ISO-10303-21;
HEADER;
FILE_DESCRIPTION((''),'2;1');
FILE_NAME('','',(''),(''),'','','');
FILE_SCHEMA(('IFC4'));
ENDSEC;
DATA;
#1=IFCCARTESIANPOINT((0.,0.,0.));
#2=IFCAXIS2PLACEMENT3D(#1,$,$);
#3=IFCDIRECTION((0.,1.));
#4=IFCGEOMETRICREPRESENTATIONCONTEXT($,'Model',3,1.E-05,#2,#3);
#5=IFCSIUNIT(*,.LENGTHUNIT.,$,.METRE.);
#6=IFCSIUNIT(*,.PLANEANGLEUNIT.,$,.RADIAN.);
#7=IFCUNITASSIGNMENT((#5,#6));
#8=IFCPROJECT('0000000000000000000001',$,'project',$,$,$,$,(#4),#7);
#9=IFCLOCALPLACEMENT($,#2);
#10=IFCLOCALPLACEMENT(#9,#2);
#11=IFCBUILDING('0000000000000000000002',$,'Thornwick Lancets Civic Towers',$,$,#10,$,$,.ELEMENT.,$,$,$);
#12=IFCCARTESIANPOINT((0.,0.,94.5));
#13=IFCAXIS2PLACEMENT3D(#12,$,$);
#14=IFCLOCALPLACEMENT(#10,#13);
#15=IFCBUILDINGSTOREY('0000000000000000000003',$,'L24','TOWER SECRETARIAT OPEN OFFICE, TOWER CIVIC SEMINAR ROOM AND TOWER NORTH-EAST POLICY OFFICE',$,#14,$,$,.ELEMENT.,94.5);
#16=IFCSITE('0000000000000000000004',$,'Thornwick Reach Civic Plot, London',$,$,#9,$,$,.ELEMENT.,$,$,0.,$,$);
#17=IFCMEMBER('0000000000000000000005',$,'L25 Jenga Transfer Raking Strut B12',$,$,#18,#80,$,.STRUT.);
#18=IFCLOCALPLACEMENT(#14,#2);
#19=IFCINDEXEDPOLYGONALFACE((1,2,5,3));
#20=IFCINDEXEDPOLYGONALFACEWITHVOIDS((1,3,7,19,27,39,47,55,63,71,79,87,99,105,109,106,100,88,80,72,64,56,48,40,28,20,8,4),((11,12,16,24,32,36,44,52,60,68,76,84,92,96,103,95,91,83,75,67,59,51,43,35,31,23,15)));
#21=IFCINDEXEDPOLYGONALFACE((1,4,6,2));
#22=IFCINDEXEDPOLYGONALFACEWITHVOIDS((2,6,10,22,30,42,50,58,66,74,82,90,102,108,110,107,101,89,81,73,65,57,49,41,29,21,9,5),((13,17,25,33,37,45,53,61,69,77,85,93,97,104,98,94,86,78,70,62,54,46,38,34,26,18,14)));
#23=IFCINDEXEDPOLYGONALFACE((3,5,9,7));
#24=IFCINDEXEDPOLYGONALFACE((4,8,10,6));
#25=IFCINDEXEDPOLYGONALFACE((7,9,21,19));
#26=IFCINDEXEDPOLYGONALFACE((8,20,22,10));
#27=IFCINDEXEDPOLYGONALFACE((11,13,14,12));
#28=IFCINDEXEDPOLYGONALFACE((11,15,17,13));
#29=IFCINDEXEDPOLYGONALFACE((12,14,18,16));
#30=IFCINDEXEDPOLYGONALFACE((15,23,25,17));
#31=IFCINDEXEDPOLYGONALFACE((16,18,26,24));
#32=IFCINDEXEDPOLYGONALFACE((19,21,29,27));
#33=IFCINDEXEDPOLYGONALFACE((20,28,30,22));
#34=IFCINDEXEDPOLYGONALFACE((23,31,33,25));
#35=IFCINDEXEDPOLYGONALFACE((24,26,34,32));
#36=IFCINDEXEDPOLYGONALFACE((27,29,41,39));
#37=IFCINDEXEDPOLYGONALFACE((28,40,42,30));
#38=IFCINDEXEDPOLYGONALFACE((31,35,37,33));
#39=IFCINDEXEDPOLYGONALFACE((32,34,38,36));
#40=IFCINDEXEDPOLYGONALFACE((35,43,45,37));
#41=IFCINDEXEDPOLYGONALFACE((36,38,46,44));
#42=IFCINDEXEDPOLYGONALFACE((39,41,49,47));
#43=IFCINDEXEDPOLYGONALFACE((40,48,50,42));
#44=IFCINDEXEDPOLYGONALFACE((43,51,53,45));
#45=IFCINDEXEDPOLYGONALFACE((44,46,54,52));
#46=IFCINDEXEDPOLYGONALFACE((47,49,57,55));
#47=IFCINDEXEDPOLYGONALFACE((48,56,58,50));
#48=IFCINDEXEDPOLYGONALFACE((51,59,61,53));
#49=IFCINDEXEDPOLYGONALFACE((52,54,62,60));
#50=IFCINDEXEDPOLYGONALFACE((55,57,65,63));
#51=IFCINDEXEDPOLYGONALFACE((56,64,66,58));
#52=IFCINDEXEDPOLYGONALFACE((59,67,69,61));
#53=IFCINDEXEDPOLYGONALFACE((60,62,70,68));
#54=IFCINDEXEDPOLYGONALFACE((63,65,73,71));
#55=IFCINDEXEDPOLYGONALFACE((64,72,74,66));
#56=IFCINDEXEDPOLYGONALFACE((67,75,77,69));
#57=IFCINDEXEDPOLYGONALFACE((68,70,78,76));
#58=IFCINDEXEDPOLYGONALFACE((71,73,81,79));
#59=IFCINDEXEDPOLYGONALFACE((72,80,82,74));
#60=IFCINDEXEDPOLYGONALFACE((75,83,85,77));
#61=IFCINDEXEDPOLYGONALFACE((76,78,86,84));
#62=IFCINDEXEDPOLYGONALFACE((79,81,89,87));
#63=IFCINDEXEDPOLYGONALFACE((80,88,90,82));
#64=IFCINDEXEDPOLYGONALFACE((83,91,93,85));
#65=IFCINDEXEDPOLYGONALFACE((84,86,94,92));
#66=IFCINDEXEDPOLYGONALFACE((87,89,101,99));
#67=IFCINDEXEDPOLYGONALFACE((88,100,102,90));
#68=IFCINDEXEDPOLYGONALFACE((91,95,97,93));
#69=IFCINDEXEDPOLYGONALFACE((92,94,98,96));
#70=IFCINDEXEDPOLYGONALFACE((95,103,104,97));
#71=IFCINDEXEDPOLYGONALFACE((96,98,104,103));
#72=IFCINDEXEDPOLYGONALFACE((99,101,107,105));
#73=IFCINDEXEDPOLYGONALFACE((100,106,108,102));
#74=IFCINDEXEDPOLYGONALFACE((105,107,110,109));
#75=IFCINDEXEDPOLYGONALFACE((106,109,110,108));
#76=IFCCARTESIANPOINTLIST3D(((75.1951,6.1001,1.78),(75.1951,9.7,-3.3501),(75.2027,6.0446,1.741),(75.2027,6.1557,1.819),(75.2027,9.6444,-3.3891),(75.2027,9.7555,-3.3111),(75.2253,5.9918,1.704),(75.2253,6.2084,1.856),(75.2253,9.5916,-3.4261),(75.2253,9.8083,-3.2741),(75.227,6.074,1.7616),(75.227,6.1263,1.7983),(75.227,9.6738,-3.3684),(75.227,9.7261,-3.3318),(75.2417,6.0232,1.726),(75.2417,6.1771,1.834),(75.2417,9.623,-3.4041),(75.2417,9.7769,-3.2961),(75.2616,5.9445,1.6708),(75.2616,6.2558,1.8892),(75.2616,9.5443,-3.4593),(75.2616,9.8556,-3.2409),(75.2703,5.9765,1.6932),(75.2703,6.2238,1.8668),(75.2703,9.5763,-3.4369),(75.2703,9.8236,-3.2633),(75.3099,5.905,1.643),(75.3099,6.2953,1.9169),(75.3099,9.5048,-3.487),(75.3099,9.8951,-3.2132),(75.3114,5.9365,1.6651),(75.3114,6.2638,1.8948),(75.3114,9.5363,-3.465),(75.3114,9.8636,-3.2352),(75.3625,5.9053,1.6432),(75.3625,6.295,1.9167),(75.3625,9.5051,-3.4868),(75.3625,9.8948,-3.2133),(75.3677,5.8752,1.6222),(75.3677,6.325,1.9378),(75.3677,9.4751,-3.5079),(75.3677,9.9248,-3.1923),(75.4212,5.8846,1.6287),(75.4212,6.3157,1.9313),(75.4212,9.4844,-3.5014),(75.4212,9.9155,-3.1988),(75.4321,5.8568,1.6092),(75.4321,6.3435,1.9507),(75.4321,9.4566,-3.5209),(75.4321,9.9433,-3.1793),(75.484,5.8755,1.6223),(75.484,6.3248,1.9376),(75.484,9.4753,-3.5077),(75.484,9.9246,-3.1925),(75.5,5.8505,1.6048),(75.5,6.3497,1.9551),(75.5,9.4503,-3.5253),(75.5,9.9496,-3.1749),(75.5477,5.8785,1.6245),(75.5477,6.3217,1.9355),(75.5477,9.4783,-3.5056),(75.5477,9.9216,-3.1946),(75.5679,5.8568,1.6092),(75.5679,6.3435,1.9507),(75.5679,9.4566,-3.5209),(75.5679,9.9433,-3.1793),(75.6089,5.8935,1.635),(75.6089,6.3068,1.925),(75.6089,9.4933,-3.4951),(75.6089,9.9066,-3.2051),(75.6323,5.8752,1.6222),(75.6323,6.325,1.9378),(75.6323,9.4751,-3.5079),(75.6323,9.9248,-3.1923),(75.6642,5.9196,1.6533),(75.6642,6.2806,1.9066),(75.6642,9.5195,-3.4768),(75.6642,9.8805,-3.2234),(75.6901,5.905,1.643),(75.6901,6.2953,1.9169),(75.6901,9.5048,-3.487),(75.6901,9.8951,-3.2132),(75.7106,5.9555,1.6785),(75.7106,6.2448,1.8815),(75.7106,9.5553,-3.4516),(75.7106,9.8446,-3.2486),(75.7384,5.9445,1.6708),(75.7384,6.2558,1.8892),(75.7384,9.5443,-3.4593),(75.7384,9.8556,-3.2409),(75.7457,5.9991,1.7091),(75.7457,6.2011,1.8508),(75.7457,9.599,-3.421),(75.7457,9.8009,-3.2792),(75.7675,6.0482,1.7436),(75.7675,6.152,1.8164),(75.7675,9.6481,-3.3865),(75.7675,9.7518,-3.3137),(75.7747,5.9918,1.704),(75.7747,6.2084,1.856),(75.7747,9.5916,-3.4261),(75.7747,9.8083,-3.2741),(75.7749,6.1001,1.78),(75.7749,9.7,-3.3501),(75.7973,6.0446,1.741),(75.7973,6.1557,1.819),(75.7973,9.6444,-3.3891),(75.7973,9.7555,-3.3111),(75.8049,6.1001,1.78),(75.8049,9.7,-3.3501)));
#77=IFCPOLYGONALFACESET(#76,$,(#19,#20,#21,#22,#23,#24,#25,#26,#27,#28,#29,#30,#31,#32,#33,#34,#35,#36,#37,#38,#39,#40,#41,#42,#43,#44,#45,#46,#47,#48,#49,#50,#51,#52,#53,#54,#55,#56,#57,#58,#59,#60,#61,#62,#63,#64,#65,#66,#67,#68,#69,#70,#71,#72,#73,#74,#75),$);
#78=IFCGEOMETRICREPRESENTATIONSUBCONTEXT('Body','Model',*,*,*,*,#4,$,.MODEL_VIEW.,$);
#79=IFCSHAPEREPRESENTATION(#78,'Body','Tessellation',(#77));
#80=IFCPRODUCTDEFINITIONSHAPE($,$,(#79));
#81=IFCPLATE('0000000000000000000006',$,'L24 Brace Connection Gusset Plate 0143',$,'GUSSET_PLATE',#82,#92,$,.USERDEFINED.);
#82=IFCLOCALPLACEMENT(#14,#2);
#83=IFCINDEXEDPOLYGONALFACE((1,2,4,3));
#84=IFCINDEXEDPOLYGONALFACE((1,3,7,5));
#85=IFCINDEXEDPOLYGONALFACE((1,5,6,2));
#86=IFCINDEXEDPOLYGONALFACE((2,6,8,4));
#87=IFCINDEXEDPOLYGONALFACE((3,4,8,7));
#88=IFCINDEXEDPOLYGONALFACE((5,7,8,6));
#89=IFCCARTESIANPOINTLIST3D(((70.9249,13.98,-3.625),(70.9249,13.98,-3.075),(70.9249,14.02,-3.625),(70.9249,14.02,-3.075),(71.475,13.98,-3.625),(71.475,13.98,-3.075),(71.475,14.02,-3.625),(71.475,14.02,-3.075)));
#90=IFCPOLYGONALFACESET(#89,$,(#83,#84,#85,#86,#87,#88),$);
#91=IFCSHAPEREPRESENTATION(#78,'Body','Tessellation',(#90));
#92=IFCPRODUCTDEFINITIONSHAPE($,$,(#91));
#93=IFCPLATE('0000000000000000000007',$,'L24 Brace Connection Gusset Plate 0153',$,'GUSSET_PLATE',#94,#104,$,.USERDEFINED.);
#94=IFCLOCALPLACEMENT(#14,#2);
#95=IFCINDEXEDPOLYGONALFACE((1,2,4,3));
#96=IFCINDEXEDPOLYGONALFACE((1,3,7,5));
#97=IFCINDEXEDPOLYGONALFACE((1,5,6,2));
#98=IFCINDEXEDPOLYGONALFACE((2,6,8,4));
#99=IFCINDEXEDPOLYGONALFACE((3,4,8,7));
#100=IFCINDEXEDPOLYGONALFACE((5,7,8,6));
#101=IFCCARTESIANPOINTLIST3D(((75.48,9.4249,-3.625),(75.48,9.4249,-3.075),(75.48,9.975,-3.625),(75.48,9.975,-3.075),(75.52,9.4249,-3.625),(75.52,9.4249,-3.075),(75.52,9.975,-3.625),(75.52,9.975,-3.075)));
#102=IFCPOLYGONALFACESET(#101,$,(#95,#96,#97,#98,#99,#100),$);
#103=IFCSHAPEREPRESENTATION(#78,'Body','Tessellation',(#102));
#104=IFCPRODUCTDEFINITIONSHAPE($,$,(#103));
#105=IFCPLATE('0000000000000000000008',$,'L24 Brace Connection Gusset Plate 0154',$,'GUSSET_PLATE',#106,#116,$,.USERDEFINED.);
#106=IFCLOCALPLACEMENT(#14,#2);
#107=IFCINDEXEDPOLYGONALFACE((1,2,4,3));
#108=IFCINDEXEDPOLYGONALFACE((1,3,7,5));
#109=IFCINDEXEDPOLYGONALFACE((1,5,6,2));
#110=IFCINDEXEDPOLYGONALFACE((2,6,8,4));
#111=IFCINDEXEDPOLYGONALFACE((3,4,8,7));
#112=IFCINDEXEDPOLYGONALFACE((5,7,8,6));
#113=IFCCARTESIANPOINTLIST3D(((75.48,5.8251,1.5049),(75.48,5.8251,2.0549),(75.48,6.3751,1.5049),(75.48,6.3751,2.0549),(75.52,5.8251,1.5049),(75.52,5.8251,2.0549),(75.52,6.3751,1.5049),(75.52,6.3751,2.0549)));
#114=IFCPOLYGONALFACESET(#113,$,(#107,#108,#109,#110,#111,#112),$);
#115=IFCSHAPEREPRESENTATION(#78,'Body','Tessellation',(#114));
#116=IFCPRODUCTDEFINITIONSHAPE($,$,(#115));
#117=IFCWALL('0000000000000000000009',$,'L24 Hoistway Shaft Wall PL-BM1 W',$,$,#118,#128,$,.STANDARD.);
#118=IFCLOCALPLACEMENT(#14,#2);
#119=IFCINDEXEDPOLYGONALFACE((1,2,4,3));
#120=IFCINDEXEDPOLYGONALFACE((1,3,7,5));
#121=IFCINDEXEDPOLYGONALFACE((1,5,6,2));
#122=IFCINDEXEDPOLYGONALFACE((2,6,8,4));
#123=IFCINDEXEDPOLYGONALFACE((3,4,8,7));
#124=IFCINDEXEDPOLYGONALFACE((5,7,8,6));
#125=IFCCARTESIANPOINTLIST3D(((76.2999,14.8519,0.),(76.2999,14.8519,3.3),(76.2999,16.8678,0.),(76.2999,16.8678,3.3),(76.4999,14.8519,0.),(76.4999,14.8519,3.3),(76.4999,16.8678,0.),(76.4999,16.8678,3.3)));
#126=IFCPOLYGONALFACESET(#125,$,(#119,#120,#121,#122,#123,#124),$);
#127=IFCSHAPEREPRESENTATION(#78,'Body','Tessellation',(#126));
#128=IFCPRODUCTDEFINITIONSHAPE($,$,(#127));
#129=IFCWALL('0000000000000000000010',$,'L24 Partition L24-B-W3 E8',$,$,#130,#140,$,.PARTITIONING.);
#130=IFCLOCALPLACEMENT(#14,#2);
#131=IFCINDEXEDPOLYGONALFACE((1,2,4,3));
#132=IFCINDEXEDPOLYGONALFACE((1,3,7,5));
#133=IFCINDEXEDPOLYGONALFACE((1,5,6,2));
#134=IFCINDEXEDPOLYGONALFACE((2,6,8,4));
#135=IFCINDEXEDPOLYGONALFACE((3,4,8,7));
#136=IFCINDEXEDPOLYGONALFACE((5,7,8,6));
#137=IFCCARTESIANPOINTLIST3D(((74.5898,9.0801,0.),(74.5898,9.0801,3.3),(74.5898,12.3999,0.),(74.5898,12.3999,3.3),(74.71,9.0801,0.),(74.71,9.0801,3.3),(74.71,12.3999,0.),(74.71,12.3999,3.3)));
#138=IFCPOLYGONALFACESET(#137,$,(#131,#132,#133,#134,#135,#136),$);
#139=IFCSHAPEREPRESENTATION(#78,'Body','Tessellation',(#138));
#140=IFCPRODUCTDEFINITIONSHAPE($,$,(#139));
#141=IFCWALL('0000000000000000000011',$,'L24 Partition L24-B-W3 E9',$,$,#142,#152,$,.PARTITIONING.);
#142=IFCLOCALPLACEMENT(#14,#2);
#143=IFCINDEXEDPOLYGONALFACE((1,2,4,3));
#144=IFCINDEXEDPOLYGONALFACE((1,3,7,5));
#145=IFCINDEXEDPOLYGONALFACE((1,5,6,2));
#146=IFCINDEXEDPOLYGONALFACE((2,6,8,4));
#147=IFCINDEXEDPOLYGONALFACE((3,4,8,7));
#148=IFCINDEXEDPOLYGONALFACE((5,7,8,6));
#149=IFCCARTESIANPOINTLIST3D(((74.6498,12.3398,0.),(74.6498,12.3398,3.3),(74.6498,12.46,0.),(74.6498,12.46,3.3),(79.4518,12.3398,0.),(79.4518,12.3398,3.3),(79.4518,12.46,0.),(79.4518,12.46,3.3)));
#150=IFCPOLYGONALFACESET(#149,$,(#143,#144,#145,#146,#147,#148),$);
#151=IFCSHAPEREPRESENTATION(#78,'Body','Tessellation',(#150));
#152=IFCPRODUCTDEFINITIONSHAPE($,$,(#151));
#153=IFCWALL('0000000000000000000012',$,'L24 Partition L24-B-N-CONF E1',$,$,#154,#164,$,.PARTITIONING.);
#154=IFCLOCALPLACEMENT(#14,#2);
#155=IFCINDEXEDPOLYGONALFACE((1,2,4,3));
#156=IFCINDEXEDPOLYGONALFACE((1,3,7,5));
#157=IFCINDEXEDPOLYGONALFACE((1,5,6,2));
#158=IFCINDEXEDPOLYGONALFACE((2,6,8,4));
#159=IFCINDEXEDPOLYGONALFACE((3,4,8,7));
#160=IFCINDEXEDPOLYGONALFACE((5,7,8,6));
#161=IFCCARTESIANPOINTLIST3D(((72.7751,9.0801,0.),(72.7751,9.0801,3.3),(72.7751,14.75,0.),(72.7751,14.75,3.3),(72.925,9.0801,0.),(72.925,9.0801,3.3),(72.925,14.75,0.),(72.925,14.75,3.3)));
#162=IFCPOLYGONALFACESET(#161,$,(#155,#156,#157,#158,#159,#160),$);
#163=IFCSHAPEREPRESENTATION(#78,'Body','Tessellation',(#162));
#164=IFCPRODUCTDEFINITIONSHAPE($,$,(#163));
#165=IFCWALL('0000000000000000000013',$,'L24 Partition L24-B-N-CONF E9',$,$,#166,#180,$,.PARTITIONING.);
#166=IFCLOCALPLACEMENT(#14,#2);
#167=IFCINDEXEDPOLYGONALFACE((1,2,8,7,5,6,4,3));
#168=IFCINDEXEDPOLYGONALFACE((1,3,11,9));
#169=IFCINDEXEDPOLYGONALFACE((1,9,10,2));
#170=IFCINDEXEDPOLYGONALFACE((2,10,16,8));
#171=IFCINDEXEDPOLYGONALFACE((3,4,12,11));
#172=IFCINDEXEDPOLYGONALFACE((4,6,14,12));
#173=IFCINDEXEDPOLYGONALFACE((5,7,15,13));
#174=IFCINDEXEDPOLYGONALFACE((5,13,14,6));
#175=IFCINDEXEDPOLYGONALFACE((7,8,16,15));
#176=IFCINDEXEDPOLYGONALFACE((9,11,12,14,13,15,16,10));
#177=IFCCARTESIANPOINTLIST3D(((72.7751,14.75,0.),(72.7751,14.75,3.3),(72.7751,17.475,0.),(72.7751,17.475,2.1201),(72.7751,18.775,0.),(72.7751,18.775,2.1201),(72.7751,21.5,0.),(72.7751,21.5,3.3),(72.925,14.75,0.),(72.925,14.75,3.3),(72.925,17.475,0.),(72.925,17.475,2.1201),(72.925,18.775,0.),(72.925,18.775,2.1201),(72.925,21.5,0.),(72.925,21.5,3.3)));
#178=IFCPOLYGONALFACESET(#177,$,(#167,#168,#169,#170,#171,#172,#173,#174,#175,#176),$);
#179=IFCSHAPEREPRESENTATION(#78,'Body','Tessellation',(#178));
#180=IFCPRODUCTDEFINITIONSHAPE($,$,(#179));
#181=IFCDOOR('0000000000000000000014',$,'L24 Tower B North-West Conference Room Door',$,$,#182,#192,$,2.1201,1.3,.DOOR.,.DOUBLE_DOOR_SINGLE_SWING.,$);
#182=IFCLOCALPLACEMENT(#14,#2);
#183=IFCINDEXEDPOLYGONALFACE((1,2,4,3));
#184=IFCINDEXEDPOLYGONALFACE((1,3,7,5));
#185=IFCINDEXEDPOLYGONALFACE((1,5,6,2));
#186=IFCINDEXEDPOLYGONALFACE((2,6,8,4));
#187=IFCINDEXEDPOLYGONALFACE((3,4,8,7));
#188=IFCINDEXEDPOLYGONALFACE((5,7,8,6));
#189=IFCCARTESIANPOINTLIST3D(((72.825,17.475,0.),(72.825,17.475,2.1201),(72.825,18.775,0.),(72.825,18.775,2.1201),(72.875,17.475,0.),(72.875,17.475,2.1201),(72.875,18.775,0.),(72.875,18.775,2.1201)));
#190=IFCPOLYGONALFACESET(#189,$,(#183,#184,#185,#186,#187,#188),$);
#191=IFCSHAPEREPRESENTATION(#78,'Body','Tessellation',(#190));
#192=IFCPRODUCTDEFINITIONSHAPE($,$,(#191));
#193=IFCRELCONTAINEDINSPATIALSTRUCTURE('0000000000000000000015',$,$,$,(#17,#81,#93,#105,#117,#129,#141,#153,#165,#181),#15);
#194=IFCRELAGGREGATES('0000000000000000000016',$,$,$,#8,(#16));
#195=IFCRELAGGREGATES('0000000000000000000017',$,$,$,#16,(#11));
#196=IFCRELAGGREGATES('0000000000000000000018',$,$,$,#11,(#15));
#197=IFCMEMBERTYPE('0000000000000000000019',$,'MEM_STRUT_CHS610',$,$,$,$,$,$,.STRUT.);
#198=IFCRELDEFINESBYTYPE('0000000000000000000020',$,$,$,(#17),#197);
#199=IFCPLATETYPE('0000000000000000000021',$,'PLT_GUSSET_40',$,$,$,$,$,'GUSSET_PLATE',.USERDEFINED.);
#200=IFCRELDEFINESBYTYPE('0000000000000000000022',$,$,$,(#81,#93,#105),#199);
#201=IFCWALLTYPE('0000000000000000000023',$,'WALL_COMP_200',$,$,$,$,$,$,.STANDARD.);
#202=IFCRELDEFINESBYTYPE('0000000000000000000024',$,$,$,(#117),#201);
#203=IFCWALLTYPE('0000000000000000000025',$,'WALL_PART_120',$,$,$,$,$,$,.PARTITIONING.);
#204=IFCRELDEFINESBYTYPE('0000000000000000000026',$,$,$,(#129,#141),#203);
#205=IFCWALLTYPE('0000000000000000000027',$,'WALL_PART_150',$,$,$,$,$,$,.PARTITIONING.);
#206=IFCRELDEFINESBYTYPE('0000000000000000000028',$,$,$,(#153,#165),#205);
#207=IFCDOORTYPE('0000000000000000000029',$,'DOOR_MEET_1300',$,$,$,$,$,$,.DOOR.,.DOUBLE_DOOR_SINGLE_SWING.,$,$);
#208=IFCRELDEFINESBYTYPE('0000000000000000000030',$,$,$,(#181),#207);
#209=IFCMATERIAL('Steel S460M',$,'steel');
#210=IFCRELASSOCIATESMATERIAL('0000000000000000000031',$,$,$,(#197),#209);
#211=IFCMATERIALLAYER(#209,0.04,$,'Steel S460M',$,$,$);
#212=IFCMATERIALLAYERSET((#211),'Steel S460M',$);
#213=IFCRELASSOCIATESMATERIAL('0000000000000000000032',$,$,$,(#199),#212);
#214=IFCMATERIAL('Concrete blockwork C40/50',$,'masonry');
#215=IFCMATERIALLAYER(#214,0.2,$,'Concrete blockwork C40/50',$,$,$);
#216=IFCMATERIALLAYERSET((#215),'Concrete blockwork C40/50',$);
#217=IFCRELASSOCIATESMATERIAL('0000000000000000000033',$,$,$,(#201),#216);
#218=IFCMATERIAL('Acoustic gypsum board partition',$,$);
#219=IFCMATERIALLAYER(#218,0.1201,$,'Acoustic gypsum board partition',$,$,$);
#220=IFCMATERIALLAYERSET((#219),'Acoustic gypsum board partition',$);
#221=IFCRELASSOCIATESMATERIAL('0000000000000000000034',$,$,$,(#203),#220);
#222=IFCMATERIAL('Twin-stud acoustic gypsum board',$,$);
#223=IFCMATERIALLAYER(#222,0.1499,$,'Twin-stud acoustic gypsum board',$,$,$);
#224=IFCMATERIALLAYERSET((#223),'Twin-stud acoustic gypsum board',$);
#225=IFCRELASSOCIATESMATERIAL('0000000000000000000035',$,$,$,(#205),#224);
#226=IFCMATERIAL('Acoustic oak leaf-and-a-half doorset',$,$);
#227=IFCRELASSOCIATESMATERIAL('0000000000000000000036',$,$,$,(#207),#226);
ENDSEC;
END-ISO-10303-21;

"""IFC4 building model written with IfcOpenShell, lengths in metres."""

from ifc_helpers import new_model, si_unit, direction, frame, frame_2d, origin, origin_2d, place, context, subcontext, project, spatial, rectangle, hollow_circle, extrude, material, layer, layer_set, material_profile, profile_set, type_object, element, fill, save


model = new_model("IFC4")

# Units and contexts
model_context = context("Model", 3, precision=1e-05, world=origin(), true_north=direction((0.0, 1.0)))
body_context = subcontext(model_context, "Body", "Model", "MODEL_VIEW")
ifc_project = project(units=[si_unit("LENGTHUNIT", "METRE"), si_unit("PLANEANGLEUNIT", "RADIAN")], contexts=[model_context])

# Site, building, storey
site_placement = place(None, origin())
site = spatial("IfcSite", under=ifc_project, at=site_placement, Name="Thornwick Reach Civic Plot, London", CompositionType="ELEMENT", RefElevation=0.0)
building_placement = place(site_placement, origin())
building = spatial("IfcBuilding", under=site, at=building_placement, Name="Thornwick Lancets Civic Towers", CompositionType="ELEMENT")
storey_placement = place(building_placement, frame((0.0, 0.0, 94.5)))
storey = spatial("IfcBuildingStorey", under=building, at=storey_placement, Name="L24", Description="TOWER SECRETARIAT OPEN OFFICE, TOWER CIVIC SEMINAR ROOM AND TOWER NORTH-EAST POLICY OFFICE", CompositionType="ELEMENT", Elevation=94.5)

# Member
ifc_material_1 = material(Name="Steel S460M", Category="steel")
ifc_material_profile_1 = material_profile(ifc_material_1, hollow_circle(Radius=0.3049, WallThickness=0.03, at=origin_2d()), Name="CHS 610x30")
ifc_profile_set_1 = profile_set([ifc_material_profile_1], Name="Steel S460M")
member_type = type_object("IfcMemberType", Name="MEM_STRUT_CHS610", PredefinedType="STRUT", material=ifc_profile_set_1)
for number, where, z_axis, x_axis, name in (
    (1, (75.5, 9.7, -3.3501), (0.0, -0.574401, 0.818574), (1.0, 0.0, 0.0), "L25 Jenga Transfer Raking Strut B12"),
):
    element("IfcMember", number, at=place(storey_placement, frame(where, z_axis=z_axis, x_axis=x_axis)), inside=storey, type_object=member_type, Name=name, PredefinedType="STRUT", context=body_context, shape_type="SweptSolid", body=[
        extrude(hollow_circle(Radius=0.3049, WallThickness=0.03, at=origin_2d()), origin(), (0.0, 0.0, 1.0), 6.2671),
    ])

# Plates
ifc_layer_1 = layer(ifc_material_1, 0.04, Name="Steel S460M")
ifc_layer_set_1 = layer_set([ifc_layer_1], Name="Steel S460M")
plate_type = type_object("IfcPlateType", Name="PLT_GUSSET_40", ElementType="GUSSET_PLATE", PredefinedType="USERDEFINED", material=ifc_layer_set_1)
for number, where, z_axis, x_axis, name in (
    (2, (71.2, 14.0, -3.625), (0.0, 0.0, 1.0), (-1.0, 0.0, 0.0), "L24 Brace Connection Gusset Plate 0143"),
    (3, (75.5, 9.7, -3.625), (0.0, 0.0, 1.0), (0.0, -1.0, 0.0), "L24 Brace Connection Gusset Plate 0153"),
    (4, (75.5, 6.1001, 1.5049), (0.0, 0.0, 1.0), (0.0, -1.0, 0.0), "L24 Brace Connection Gusset Plate 0154"),
):
    element("IfcPlate", number, at=place(storey_placement, frame(where, z_axis=z_axis, x_axis=x_axis)), inside=storey, type_object=plate_type, Name=name, ObjectType="GUSSET_PLATE", PredefinedType="USERDEFINED", context=body_context, shape_type="SweptSolid", body=[
        extrude(rectangle(XDim=0.55, YDim=0.04, at=origin_2d()), origin(), (0.0, 0.0, 1.0), 0.55),
    ])

# Walls
ifc_material_2 = material(Name="Concrete blockwork C40/50", Category="masonry")
ifc_layer_2 = layer(ifc_material_2, 0.2, Name="Concrete blockwork C40/50")
ifc_layer_set_2 = layer_set([ifc_layer_2], Name="Concrete blockwork C40/50")
wall_type_1 = type_object("IfcWallType", Name="WALL_COMP_200", PredefinedType="STANDARD", material=ifc_layer_set_2)
wall_1_placement = place(storey_placement, frame((76.3999, 14.8521, 0.0), z_axis=(0.0, 0.0, 1.0), x_axis=(0.0, 1.0, 0.0)))
element("IfcWall", 5, at=wall_1_placement, inside=storey, type_object=wall_type_1, Name="L24 Hoistway Shaft Wall PL-BM1 W", PredefinedType="STANDARD", context=body_context, shape_type="SweptSolid", body=[
    extrude(rectangle(XDim=2.0159, YDim=0.2, at=frame_2d((1.0078, 0.0))), origin(), (0.0, 0.0, 1.0), 3.3),
])
ifc_material_3 = material(Name="Acoustic gypsum board partition")
ifc_layer_3 = layer(ifc_material_3, 0.1201, Name="Acoustic gypsum board partition")
ifc_layer_set_3 = layer_set([ifc_layer_3], Name="Acoustic gypsum board partition")
wall_type_2 = type_object("IfcWallType", Name="WALL_PART_120", PredefinedType="PARTITIONING", material=ifc_layer_set_3)
wall_2_placement = place(storey_placement, frame((74.6499, 9.0801, 0.0), z_axis=(0.0, 0.0, 1.0), x_axis=(0.0, 1.0, 0.0)))
element("IfcWall", 6, at=wall_2_placement, inside=storey, type_object=wall_type_2, Name="L24 Partition L24-B-W3 E8", PredefinedType="PARTITIONING", context=body_context, shape_type="SweptSolid", body=[
    extrude(rectangle(XDim=3.3198, YDim=0.1201, at=frame_2d((1.6599, 0.0))), origin(), (0.0, 0.0, 1.0), 3.3),
])
wall_3_placement = place(storey_placement, frame((74.6499, 12.3999, 0.0), z_axis=(0.0, 0.0, 1.0), x_axis=(1.0, 0.0, 0.0)))
element("IfcWall", 7, at=wall_3_placement, inside=storey, type_object=wall_type_2, Name="L24 Partition L24-B-W3 E9", PredefinedType="PARTITIONING", context=body_context, shape_type="SweptSolid", body=[
    extrude(rectangle(XDim=4.802, YDim=0.1201, at=frame_2d((2.4009, 0.0))), origin(), (0.0, 0.0, 1.0), 3.3),
])
ifc_material_4 = material(Name="Twin-stud acoustic gypsum board")
ifc_layer_4 = layer(ifc_material_4, 0.1499, Name="Twin-stud acoustic gypsum board")
ifc_layer_set_4 = layer_set([ifc_layer_4], Name="Twin-stud acoustic gypsum board")
wall_type_3 = type_object("IfcWallType", Name="WALL_PART_150", PredefinedType="PARTITIONING", material=ifc_layer_set_4)
wall_4_placement = place(storey_placement, frame((72.8501, 14.75, 0.0), z_axis=(0.0, 0.0, 1.0), x_axis=(0.0, -1.0, 0.0)))
element("IfcWall", 8, at=wall_4_placement, inside=storey, type_object=wall_type_3, Name="L24 Partition L24-B-N-CONF E1", PredefinedType="PARTITIONING", context=body_context, shape_type="SweptSolid", body=[
    extrude(rectangle(XDim=5.6699, YDim=0.1499, at=frame_2d((2.835, 0.0))), origin(), (0.0, 0.0, 1.0), 3.3),
])

# Wall, opening, door
wall_5_placement = place(storey_placement, frame((72.8501, 21.5, 0.0), z_axis=(0.0, 0.0, 1.0), x_axis=(0.0, -1.0, 0.0)))
wall_5 = element("IfcWall", 9, at=wall_5_placement, inside=storey, type_object=wall_type_3, Name="L24 Partition L24-B-N-CONF E9", PredefinedType="PARTITIONING", context=body_context, shape_type="SweptSolid", body=[
    extrude(rectangle(XDim=6.75, YDim=0.1499, at=frame_2d((3.375, 0.0))), origin(), (0.0, 0.0, 1.0), 3.3),
])
opening_placement = place(wall_5_placement, frame((2.7251, 0.0, 0.0)))
opening = element("IfcOpeningElement", 10, at=opening_placement, cuts=wall_5, PredefinedType="OPENING", context=body_context, shape_type="SweptSolid", body=[
    extrude(rectangle(XDim=1.3, YDim=2.1201, at=frame_2d((0.6499, 1.0601))), frame((0.0, 0.085, 0.0), z_axis=(0.0, -1.0, 0.0), x_axis=(1.0, 0.0, 0.0)), (0.0, 0.0, 1.0), 0.1699),
])
ifc_material_5 = material(Name="Acoustic oak leaf-and-a-half doorset")
door_type = type_object("IfcDoorType", Name="DOOR_MEET_1300", OperationType="DOUBLE_DOOR_SINGLE_SWING", PredefinedType="DOOR", material=ifc_material_5)
door_placement = place(opening_placement, origin())
door = element("IfcDoor", 11, at=door_placement, inside=storey, type_object=door_type, Name="L24 Tower B North-West Conference Room Door", OperationType="DOUBLE_DOOR_SINGLE_SWING", OverallHeight=2.1201, OverallWidth=1.3, PredefinedType="DOOR", context=body_context, shape_type="SweptSolid", body=[
    extrude(rectangle(XDim=1.3, YDim=2.1201, at=frame_2d((0.6499, 1.0601))), frame((0.0, 0.0249, 0.0), z_axis=(0.0, -1.0, 0.0), x_axis=(1.0, 0.0, 0.0)), (0.0, 0.0, 1.0), 0.05),
])
fill(opening, door)

save(model, "model.ifc")
